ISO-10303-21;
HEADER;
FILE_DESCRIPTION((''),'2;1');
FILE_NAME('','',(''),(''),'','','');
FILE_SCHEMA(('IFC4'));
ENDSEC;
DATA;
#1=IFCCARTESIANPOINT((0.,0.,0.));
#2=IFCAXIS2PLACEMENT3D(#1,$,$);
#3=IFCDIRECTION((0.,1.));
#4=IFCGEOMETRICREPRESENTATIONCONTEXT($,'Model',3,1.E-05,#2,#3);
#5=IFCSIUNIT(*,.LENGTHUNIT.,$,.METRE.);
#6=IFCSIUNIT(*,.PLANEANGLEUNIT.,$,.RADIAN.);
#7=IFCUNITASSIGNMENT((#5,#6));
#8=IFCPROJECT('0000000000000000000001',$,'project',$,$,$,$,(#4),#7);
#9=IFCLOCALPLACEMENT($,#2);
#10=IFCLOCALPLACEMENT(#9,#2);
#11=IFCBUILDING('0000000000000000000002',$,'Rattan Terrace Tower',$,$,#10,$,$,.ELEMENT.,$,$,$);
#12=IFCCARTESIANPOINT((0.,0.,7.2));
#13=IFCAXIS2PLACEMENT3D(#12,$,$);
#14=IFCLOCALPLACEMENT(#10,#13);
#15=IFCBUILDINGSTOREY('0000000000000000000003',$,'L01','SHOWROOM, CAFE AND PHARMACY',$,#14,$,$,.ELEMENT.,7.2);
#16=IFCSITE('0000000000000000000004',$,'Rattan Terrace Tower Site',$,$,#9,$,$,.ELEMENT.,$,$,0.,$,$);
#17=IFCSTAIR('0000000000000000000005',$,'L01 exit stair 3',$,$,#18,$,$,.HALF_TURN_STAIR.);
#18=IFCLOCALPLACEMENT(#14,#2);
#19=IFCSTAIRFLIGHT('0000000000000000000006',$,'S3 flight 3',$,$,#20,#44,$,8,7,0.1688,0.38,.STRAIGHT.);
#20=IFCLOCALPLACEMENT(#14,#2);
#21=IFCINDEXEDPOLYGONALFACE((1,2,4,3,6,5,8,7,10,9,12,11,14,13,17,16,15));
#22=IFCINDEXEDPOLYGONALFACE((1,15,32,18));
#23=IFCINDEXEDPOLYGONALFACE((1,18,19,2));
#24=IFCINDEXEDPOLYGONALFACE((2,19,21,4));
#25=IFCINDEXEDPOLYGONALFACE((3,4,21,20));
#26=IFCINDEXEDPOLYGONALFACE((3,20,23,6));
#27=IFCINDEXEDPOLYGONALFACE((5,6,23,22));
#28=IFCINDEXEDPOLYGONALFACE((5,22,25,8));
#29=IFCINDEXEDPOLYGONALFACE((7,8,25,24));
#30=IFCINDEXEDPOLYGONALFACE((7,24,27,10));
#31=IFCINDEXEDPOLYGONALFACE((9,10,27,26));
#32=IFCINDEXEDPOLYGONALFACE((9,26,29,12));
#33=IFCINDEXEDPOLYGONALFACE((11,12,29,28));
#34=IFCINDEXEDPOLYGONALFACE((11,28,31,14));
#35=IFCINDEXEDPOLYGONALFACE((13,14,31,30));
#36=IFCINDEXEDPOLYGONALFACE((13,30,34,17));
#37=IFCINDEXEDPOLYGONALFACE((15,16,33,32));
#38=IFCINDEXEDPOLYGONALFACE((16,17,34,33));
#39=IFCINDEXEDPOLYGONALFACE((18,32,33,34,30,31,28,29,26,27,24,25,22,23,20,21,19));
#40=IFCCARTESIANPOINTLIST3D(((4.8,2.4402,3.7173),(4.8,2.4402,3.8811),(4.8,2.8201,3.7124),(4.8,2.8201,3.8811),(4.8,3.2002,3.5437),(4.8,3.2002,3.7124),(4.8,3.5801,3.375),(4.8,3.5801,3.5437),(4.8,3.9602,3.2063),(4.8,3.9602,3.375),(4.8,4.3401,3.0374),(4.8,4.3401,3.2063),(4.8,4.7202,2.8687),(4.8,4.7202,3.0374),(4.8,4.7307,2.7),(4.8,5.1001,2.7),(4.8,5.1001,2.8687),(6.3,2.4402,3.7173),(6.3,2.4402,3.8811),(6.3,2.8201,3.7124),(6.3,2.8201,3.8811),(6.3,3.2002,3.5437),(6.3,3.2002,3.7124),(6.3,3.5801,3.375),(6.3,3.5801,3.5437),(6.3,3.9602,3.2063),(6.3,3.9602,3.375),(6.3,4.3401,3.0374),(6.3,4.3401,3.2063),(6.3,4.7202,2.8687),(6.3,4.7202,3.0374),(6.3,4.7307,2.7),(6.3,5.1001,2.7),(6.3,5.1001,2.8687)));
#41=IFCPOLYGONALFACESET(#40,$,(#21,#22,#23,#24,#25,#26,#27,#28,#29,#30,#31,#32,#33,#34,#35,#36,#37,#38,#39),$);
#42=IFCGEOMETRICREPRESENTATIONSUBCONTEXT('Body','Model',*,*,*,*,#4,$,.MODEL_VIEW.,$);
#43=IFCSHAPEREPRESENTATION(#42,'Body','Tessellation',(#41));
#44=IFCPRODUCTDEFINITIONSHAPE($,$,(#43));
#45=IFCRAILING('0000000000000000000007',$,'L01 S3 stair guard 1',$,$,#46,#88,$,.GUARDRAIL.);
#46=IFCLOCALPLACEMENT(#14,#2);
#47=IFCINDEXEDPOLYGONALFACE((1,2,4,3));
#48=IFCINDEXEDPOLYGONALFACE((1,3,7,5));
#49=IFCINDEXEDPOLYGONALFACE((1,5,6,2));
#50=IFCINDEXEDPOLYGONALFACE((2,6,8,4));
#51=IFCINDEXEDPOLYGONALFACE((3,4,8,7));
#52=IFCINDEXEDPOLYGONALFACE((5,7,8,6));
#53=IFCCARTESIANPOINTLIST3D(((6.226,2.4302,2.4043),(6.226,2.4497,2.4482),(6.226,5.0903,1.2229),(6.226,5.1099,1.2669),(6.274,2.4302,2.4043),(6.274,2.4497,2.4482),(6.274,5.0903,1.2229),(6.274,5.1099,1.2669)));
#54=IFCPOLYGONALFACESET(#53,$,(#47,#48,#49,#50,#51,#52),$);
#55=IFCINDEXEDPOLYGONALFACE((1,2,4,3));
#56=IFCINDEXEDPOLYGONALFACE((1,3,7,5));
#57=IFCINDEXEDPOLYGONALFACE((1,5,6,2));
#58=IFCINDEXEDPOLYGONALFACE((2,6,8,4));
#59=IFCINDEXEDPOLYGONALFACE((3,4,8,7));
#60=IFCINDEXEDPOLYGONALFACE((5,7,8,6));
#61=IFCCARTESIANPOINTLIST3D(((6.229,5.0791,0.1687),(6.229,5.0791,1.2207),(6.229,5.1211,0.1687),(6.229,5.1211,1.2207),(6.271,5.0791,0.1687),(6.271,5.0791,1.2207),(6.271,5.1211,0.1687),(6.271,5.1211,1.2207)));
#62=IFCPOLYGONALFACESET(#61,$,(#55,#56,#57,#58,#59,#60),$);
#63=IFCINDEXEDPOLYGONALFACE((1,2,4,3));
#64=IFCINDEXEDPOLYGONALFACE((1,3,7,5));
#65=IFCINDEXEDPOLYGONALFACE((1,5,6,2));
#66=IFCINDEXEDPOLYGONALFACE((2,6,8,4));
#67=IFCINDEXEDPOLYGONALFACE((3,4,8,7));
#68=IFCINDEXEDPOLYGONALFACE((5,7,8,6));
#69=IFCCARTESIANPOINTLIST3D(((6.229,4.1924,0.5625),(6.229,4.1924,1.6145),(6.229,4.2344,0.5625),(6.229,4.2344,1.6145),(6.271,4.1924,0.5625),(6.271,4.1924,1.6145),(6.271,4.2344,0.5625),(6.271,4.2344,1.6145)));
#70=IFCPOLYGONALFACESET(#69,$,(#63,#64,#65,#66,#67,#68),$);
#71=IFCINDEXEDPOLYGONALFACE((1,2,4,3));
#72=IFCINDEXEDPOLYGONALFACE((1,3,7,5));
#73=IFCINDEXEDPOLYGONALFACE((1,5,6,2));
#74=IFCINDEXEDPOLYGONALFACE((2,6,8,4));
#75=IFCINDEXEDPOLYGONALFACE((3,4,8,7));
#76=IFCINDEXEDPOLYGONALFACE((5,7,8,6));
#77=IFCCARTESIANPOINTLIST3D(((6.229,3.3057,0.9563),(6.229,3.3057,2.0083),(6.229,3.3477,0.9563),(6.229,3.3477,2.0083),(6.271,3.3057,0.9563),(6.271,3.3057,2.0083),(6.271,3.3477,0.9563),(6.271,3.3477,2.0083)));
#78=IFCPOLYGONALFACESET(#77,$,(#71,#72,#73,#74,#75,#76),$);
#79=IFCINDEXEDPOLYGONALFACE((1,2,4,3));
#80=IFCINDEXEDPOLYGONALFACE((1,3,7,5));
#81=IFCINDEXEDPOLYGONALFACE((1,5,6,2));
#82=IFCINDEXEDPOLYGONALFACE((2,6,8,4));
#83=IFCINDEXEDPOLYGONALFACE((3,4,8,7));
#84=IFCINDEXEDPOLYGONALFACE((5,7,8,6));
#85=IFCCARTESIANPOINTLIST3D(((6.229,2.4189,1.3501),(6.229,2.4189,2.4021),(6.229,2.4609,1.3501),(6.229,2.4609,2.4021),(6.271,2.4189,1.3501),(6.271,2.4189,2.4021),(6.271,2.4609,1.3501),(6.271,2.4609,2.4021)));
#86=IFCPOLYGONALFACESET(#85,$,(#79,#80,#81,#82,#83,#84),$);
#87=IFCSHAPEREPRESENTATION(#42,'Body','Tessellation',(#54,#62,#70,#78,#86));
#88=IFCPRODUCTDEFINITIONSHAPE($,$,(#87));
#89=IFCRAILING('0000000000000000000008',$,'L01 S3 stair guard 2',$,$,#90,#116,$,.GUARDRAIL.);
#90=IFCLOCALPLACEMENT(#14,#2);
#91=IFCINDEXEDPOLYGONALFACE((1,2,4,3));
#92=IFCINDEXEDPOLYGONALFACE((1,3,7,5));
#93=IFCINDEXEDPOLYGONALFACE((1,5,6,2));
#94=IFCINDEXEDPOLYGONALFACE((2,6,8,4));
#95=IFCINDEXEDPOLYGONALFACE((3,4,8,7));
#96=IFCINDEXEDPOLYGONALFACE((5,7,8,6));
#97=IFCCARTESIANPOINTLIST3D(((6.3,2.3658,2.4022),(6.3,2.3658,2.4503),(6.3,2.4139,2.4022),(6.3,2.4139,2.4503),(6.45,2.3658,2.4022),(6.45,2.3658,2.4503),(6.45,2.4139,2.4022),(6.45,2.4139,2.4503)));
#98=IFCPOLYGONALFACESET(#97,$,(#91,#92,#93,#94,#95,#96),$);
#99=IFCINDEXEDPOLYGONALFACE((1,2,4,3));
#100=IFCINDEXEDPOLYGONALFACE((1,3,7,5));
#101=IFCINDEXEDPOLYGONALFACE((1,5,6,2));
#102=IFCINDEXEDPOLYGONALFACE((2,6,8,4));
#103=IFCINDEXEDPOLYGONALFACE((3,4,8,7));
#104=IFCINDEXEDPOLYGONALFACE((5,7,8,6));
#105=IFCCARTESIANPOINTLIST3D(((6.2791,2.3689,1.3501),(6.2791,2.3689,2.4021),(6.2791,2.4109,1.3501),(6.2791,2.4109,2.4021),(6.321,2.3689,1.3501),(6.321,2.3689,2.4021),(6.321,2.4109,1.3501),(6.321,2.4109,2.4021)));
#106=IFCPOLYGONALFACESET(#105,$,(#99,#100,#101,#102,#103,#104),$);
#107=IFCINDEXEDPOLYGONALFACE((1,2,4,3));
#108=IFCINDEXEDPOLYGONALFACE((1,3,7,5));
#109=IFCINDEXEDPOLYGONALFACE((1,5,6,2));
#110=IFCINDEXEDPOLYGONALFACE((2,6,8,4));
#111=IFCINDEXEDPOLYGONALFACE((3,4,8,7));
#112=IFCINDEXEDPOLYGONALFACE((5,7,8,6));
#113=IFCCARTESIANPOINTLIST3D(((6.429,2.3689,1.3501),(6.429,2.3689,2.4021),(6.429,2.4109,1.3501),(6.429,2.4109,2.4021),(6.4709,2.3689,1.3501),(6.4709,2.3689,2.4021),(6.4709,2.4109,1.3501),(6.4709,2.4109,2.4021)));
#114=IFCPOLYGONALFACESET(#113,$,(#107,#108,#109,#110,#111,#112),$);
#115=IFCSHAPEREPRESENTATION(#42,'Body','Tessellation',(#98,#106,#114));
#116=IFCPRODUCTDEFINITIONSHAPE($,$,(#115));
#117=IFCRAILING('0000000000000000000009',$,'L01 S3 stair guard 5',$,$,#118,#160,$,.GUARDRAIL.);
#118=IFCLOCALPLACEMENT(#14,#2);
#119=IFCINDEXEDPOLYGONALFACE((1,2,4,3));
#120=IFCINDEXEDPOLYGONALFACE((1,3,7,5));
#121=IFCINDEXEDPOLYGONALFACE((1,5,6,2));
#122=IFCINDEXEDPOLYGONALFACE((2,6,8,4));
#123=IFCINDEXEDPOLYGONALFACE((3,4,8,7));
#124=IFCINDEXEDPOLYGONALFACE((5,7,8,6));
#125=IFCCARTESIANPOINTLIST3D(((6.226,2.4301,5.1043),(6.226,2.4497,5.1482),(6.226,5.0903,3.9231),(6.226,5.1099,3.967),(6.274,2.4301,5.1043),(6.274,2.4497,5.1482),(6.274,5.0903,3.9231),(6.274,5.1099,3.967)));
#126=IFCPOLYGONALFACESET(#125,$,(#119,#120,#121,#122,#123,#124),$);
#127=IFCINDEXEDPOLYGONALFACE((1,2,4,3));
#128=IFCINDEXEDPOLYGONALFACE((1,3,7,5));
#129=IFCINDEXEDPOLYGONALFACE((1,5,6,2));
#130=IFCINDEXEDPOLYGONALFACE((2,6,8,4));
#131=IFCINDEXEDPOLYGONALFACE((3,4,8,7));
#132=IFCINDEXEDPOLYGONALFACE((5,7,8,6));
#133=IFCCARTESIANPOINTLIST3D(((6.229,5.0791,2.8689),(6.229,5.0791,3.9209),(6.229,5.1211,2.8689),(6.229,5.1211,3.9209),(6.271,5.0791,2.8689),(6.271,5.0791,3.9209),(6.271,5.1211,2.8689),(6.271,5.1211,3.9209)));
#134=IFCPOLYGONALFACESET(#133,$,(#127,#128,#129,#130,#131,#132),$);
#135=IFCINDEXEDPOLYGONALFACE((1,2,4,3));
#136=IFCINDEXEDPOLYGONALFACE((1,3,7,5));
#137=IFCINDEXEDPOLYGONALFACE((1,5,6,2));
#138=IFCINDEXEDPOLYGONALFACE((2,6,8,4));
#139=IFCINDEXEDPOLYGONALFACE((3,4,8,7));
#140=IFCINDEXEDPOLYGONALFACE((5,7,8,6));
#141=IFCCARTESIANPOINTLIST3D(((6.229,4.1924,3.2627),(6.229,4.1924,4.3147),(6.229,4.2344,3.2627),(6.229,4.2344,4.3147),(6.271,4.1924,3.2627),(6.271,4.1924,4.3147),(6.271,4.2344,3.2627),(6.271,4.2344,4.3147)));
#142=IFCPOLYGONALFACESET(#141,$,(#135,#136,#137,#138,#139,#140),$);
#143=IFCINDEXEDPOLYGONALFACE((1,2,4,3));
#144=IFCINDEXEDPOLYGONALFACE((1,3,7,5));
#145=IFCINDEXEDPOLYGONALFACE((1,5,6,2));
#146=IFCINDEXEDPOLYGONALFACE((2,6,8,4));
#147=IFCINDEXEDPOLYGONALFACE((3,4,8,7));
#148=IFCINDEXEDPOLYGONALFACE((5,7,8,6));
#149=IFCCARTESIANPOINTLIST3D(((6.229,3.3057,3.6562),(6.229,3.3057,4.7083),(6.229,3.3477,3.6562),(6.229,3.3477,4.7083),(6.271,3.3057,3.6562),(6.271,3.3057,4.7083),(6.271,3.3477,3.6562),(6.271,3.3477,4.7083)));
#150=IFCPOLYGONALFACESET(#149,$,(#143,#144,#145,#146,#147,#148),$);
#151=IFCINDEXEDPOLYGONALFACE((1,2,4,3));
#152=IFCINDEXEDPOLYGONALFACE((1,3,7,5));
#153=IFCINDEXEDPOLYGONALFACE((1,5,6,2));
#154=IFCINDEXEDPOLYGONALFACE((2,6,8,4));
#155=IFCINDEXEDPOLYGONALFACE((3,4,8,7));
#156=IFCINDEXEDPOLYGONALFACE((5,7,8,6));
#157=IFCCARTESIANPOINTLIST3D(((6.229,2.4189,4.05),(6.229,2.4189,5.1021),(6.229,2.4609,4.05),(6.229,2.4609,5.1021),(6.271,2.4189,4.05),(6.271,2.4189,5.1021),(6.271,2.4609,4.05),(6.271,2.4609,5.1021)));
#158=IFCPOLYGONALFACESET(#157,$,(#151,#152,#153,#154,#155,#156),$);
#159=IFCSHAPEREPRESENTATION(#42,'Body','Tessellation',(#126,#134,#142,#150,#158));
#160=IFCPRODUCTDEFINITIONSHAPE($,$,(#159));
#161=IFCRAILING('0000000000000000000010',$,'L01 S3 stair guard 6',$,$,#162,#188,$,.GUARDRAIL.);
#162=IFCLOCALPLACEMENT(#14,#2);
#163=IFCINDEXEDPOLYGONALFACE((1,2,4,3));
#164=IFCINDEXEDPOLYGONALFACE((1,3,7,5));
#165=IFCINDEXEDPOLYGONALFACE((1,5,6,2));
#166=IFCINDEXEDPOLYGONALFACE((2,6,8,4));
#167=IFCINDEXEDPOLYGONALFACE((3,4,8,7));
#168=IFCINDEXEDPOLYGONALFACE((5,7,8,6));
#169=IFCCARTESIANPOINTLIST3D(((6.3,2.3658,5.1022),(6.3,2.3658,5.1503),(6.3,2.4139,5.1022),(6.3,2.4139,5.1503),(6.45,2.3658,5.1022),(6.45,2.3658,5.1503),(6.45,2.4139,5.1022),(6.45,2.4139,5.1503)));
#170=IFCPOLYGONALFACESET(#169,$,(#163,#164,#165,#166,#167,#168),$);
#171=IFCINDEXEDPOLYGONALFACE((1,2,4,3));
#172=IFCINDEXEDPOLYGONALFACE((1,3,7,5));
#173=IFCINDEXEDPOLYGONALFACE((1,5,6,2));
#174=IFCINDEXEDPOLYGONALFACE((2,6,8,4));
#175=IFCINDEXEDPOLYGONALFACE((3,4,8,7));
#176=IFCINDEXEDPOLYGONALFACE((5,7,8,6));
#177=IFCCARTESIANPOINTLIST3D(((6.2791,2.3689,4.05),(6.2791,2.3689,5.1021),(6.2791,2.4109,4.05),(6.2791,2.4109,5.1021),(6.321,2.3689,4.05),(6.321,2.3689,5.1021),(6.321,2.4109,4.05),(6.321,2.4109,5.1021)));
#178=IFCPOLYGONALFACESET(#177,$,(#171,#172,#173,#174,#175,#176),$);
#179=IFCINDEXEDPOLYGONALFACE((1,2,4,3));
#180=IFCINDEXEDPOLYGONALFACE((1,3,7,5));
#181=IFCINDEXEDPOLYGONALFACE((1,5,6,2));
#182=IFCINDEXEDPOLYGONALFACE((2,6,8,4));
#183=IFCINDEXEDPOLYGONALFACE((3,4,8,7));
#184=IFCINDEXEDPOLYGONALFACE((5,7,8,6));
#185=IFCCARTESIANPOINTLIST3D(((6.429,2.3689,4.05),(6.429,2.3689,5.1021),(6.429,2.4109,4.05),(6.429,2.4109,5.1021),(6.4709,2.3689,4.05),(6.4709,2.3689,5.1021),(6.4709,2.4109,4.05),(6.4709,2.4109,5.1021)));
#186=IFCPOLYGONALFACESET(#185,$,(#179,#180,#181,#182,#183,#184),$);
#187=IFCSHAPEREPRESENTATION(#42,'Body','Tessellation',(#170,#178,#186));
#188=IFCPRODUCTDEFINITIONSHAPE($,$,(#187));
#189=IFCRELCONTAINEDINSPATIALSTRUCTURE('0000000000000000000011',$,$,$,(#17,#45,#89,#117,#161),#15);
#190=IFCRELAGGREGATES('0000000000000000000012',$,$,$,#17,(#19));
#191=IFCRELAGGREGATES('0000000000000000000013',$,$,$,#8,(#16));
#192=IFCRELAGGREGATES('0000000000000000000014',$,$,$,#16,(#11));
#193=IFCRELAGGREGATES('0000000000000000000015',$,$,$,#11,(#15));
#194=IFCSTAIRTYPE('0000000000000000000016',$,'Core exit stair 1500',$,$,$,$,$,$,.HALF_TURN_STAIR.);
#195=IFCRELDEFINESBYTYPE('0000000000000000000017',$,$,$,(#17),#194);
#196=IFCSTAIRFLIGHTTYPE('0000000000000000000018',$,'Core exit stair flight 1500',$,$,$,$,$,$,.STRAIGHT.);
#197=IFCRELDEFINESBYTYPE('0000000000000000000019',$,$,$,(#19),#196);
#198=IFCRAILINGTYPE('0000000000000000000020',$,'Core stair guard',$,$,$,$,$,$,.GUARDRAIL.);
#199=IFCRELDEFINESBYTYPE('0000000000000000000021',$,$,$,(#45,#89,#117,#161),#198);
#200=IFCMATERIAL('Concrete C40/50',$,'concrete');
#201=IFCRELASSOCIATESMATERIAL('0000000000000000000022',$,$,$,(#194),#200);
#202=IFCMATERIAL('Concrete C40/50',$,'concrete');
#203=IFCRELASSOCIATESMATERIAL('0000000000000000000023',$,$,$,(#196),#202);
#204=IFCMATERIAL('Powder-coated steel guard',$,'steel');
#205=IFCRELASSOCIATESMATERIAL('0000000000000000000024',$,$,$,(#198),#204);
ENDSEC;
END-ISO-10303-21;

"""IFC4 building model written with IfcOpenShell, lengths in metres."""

from ifc_helpers import new_model, si_unit, direction, frame, origin, origin_2d, place, context, subcontext, project, spatial, polyline, rectangle, outline, extrude, material, type_object, element, aggregate, save


model = new_model("IFC4")

# Units and contexts
model_context = context("Model", 3, precision=1e-05, world=origin(), true_north=direction((0.0, 1.0)))
body_context = subcontext(model_context, "Body", "Model", "MODEL_VIEW")
ifc_project = project(units=[si_unit("LENGTHUNIT", "METRE"), si_unit("PLANEANGLEUNIT", "RADIAN")], contexts=[model_context])

# Site, building, storey
site_placement = place(None, origin())
site = spatial("IfcSite", under=ifc_project, at=site_placement, Name="Rattan Terrace Tower Site", CompositionType="ELEMENT", RefElevation=0.0)
building_placement = place(site_placement, origin())
building = spatial("IfcBuilding", under=site, at=building_placement, Name="Rattan Terrace Tower", CompositionType="ELEMENT")
storey_placement = place(building_placement, frame((0.0, 0.0, 7.2)))
storey = spatial("IfcBuildingStorey", under=building, at=storey_placement, Name="L01", Description="SHOWROOM, CAFE AND PHARMACY", CompositionType="ELEMENT", Elevation=7.2)

# Stair, stair flight
ifc_material_1 = material(Name="Concrete C40/50", Category="concrete")
stair_type_1 = type_object("IfcStairType", Name="Core exit stair 1500", PredefinedType="HALF_TURN_STAIR", material=ifc_material_1)
stair_1_placement = place(storey_placement, origin())
stair_1 = element("IfcStair", 1, at=stair_1_placement, inside=storey, type_object=stair_type_1, Name="L01 exit stair 3", PredefinedType="HALF_TURN_STAIR")
ifc_material_2 = material(Name="Concrete C40/50", Category="concrete")
stair_flight_type = type_object("IfcStairFlightType", Name="Core exit stair flight 1500", PredefinedType="STRAIGHT", material=ifc_material_2)
stair_flight_1_placement = place(storey_placement, frame((5.55, 5.1001, 2.7), z_axis=(0.0, 0.0, 1.0), x_axis=(0.0, -1.0, 0.0)))
stair_flight_1 = element("IfcStairFlight", 2, at=stair_flight_1_placement, type_object=stair_flight_type, Name="S3 flight 3", NumberOfRisers=8, NumberOfTreads=7, PredefinedType="STRAIGHT", RiserHeight=0.1688, TreadLength=0.38, context=body_context, shape_type="SweptSolid", body=[
    extrude(outline(polyline([(0.0, 0.0), (0.0, 0.1687), (0.3799, 0.1687), (0.3799, 0.3374), (0.76, 0.3374), (0.76, 0.5063), (1.1399, 0.5063), (1.1399, 0.675), (1.52, 0.675), (1.52, 0.8438), (1.8999, 0.8438), (1.8999, 1.0125), (2.28, 1.0125), (2.28, 1.1812), (2.6599, 1.1812), (2.6599, 1.3501), (2.6599, 1.0173), (0.3694, 0.0), (0.0, 0.0)])), frame((0.0, 0.75, 0.0), z_axis=(0.0, -1.0, 0.0), x_axis=(1.0, 0.0, 0.0)), (0.0, 0.0, 1.0), 1.5),
])
aggregate(stair_1, [stair_flight_1])

# Railings
ifc_material_3 = material(Name="Powder-coated steel guard", Category="steel")
railing_type_1 = type_object("IfcRailingType", Name="Core stair guard", PredefinedType="GUARDRAIL", material=ifc_material_3)
railing_1_placement = place(storey_placement, frame((6.25, 5.1001, 0.1687)))
element("IfcRailing", 3, at=railing_1_placement, inside=storey, type_object=railing_type_1, Name="L01 S3 stair guard 1", PredefinedType="GUARDRAIL", context=body_context, shape_type="SweptSolid", body=[
    extrude(rectangle(XDim=0.0481, YDim=0.0481, at=origin_2d()), frame((0.0, 0.0, 1.0762), z_axis=(0.0, -0.913926, 0.405882), x_axis=(1.0, 0.0, 0.0)), (0.0, 0.0, 1.0), 2.9106),
    extrude(rectangle(XDim=0.042, YDim=0.042, at=origin_2d()), origin(), (0.0, 0.0, 1.0), 1.052),
    extrude(rectangle(XDim=0.042, YDim=0.042, at=origin_2d()), frame((0.0, -0.8867, 0.3938)), (0.0, 0.0, 1.0), 1.052),
    extrude(rectangle(XDim=0.042, YDim=0.042, at=origin_2d()), frame((0.0, -1.7734, 0.7876)), (0.0, 0.0, 1.0), 1.052),
    extrude(rectangle(XDim=0.042, YDim=0.042, at=origin_2d()), frame((0.0, -2.6602, 1.1814)), (0.0, 0.0, 1.0), 1.052),
])
railing_2_placement = place(storey_placement, frame((6.3, 2.3899, 1.3501)))
element("IfcRailing", 4, at=railing_2_placement, inside=storey, type_object=railing_type_1, Name="L01 S3 stair guard 2", PredefinedType="GUARDRAIL", context=body_context, shape_type="SweptSolid", body=[
    extrude(rectangle(XDim=0.0481, YDim=0.0481, at=origin_2d()), frame((0.0, 0.0, 1.0762), z_axis=(1.0, 0.0, 0.0), x_axis=(0.0, 1.0, 0.0)), (0.0, 0.0, 1.0), 0.1499),
    extrude(rectangle(XDim=0.042, YDim=0.042, at=origin_2d()), origin(), (0.0, 0.0, 1.0), 1.052),
    extrude(rectangle(XDim=0.042, YDim=0.042, at=origin_2d()), frame((0.1499, 0.0, 0.0)), (0.0, 0.0, 1.0), 1.052),
])
railing_3_placement = place(storey_placement, frame((6.25, 5.1001, 2.8689)))
element("IfcRailing", 5, at=railing_3_placement, inside=storey, type_object=railing_type_1, Name="L01 S3 stair guard 5", PredefinedType="GUARDRAIL", context=body_context, shape_type="SweptSolid", body=[
    extrude(rectangle(XDim=0.0481, YDim=0.0481, at=origin_2d()), frame((0.0, 0.0, 1.0762), z_axis=(0.0, -0.913957, 0.405812), x_axis=(1.0, 0.0, 0.0)), (0.0, 0.0, 1.0), 2.9106),
    extrude(rectangle(XDim=0.042, YDim=0.042, at=origin_2d()), origin(), (0.0, 0.0, 1.0), 1.052),
    extrude(rectangle(XDim=0.042, YDim=0.042, at=origin_2d()), frame((0.0, -0.8867, 0.3938)), (0.0, 0.0, 1.0), 1.052),
    extrude(rectangle(XDim=0.042, YDim=0.042, at=origin_2d()), frame((0.0, -1.7734, 0.7874)), (0.0, 0.0, 1.0), 1.052),
    extrude(rectangle(XDim=0.042, YDim=0.042, at=origin_2d()), frame((0.0, -2.6602, 1.1812)), (0.0, 0.0, 1.0), 1.052),
])
railing_4_placement = place(storey_placement, frame((6.3, 2.3899, 4.05)))
element("IfcRailing", 6, at=railing_4_placement, inside=storey, type_object=railing_type_1, Name="L01 S3 stair guard 6", PredefinedType="GUARDRAIL", context=body_context, shape_type="SweptSolid", body=[
    extrude(rectangle(XDim=0.0481, YDim=0.0481, at=origin_2d()), frame((0.0, 0.0, 1.0762), z_axis=(1.0, 0.0, 0.0), x_axis=(0.0, 1.0, 0.0)), (0.0, 0.0, 1.0), 0.1499),
    extrude(rectangle(XDim=0.042, YDim=0.042, at=origin_2d()), origin(), (0.0, 0.0, 1.0), 1.052),
    extrude(rectangle(XDim=0.042, YDim=0.042, at=origin_2d()), frame((0.1499, 0.0, 0.0)), (0.0, 0.0, 1.0), 1.052),
])

save(model, "model.ifc")
